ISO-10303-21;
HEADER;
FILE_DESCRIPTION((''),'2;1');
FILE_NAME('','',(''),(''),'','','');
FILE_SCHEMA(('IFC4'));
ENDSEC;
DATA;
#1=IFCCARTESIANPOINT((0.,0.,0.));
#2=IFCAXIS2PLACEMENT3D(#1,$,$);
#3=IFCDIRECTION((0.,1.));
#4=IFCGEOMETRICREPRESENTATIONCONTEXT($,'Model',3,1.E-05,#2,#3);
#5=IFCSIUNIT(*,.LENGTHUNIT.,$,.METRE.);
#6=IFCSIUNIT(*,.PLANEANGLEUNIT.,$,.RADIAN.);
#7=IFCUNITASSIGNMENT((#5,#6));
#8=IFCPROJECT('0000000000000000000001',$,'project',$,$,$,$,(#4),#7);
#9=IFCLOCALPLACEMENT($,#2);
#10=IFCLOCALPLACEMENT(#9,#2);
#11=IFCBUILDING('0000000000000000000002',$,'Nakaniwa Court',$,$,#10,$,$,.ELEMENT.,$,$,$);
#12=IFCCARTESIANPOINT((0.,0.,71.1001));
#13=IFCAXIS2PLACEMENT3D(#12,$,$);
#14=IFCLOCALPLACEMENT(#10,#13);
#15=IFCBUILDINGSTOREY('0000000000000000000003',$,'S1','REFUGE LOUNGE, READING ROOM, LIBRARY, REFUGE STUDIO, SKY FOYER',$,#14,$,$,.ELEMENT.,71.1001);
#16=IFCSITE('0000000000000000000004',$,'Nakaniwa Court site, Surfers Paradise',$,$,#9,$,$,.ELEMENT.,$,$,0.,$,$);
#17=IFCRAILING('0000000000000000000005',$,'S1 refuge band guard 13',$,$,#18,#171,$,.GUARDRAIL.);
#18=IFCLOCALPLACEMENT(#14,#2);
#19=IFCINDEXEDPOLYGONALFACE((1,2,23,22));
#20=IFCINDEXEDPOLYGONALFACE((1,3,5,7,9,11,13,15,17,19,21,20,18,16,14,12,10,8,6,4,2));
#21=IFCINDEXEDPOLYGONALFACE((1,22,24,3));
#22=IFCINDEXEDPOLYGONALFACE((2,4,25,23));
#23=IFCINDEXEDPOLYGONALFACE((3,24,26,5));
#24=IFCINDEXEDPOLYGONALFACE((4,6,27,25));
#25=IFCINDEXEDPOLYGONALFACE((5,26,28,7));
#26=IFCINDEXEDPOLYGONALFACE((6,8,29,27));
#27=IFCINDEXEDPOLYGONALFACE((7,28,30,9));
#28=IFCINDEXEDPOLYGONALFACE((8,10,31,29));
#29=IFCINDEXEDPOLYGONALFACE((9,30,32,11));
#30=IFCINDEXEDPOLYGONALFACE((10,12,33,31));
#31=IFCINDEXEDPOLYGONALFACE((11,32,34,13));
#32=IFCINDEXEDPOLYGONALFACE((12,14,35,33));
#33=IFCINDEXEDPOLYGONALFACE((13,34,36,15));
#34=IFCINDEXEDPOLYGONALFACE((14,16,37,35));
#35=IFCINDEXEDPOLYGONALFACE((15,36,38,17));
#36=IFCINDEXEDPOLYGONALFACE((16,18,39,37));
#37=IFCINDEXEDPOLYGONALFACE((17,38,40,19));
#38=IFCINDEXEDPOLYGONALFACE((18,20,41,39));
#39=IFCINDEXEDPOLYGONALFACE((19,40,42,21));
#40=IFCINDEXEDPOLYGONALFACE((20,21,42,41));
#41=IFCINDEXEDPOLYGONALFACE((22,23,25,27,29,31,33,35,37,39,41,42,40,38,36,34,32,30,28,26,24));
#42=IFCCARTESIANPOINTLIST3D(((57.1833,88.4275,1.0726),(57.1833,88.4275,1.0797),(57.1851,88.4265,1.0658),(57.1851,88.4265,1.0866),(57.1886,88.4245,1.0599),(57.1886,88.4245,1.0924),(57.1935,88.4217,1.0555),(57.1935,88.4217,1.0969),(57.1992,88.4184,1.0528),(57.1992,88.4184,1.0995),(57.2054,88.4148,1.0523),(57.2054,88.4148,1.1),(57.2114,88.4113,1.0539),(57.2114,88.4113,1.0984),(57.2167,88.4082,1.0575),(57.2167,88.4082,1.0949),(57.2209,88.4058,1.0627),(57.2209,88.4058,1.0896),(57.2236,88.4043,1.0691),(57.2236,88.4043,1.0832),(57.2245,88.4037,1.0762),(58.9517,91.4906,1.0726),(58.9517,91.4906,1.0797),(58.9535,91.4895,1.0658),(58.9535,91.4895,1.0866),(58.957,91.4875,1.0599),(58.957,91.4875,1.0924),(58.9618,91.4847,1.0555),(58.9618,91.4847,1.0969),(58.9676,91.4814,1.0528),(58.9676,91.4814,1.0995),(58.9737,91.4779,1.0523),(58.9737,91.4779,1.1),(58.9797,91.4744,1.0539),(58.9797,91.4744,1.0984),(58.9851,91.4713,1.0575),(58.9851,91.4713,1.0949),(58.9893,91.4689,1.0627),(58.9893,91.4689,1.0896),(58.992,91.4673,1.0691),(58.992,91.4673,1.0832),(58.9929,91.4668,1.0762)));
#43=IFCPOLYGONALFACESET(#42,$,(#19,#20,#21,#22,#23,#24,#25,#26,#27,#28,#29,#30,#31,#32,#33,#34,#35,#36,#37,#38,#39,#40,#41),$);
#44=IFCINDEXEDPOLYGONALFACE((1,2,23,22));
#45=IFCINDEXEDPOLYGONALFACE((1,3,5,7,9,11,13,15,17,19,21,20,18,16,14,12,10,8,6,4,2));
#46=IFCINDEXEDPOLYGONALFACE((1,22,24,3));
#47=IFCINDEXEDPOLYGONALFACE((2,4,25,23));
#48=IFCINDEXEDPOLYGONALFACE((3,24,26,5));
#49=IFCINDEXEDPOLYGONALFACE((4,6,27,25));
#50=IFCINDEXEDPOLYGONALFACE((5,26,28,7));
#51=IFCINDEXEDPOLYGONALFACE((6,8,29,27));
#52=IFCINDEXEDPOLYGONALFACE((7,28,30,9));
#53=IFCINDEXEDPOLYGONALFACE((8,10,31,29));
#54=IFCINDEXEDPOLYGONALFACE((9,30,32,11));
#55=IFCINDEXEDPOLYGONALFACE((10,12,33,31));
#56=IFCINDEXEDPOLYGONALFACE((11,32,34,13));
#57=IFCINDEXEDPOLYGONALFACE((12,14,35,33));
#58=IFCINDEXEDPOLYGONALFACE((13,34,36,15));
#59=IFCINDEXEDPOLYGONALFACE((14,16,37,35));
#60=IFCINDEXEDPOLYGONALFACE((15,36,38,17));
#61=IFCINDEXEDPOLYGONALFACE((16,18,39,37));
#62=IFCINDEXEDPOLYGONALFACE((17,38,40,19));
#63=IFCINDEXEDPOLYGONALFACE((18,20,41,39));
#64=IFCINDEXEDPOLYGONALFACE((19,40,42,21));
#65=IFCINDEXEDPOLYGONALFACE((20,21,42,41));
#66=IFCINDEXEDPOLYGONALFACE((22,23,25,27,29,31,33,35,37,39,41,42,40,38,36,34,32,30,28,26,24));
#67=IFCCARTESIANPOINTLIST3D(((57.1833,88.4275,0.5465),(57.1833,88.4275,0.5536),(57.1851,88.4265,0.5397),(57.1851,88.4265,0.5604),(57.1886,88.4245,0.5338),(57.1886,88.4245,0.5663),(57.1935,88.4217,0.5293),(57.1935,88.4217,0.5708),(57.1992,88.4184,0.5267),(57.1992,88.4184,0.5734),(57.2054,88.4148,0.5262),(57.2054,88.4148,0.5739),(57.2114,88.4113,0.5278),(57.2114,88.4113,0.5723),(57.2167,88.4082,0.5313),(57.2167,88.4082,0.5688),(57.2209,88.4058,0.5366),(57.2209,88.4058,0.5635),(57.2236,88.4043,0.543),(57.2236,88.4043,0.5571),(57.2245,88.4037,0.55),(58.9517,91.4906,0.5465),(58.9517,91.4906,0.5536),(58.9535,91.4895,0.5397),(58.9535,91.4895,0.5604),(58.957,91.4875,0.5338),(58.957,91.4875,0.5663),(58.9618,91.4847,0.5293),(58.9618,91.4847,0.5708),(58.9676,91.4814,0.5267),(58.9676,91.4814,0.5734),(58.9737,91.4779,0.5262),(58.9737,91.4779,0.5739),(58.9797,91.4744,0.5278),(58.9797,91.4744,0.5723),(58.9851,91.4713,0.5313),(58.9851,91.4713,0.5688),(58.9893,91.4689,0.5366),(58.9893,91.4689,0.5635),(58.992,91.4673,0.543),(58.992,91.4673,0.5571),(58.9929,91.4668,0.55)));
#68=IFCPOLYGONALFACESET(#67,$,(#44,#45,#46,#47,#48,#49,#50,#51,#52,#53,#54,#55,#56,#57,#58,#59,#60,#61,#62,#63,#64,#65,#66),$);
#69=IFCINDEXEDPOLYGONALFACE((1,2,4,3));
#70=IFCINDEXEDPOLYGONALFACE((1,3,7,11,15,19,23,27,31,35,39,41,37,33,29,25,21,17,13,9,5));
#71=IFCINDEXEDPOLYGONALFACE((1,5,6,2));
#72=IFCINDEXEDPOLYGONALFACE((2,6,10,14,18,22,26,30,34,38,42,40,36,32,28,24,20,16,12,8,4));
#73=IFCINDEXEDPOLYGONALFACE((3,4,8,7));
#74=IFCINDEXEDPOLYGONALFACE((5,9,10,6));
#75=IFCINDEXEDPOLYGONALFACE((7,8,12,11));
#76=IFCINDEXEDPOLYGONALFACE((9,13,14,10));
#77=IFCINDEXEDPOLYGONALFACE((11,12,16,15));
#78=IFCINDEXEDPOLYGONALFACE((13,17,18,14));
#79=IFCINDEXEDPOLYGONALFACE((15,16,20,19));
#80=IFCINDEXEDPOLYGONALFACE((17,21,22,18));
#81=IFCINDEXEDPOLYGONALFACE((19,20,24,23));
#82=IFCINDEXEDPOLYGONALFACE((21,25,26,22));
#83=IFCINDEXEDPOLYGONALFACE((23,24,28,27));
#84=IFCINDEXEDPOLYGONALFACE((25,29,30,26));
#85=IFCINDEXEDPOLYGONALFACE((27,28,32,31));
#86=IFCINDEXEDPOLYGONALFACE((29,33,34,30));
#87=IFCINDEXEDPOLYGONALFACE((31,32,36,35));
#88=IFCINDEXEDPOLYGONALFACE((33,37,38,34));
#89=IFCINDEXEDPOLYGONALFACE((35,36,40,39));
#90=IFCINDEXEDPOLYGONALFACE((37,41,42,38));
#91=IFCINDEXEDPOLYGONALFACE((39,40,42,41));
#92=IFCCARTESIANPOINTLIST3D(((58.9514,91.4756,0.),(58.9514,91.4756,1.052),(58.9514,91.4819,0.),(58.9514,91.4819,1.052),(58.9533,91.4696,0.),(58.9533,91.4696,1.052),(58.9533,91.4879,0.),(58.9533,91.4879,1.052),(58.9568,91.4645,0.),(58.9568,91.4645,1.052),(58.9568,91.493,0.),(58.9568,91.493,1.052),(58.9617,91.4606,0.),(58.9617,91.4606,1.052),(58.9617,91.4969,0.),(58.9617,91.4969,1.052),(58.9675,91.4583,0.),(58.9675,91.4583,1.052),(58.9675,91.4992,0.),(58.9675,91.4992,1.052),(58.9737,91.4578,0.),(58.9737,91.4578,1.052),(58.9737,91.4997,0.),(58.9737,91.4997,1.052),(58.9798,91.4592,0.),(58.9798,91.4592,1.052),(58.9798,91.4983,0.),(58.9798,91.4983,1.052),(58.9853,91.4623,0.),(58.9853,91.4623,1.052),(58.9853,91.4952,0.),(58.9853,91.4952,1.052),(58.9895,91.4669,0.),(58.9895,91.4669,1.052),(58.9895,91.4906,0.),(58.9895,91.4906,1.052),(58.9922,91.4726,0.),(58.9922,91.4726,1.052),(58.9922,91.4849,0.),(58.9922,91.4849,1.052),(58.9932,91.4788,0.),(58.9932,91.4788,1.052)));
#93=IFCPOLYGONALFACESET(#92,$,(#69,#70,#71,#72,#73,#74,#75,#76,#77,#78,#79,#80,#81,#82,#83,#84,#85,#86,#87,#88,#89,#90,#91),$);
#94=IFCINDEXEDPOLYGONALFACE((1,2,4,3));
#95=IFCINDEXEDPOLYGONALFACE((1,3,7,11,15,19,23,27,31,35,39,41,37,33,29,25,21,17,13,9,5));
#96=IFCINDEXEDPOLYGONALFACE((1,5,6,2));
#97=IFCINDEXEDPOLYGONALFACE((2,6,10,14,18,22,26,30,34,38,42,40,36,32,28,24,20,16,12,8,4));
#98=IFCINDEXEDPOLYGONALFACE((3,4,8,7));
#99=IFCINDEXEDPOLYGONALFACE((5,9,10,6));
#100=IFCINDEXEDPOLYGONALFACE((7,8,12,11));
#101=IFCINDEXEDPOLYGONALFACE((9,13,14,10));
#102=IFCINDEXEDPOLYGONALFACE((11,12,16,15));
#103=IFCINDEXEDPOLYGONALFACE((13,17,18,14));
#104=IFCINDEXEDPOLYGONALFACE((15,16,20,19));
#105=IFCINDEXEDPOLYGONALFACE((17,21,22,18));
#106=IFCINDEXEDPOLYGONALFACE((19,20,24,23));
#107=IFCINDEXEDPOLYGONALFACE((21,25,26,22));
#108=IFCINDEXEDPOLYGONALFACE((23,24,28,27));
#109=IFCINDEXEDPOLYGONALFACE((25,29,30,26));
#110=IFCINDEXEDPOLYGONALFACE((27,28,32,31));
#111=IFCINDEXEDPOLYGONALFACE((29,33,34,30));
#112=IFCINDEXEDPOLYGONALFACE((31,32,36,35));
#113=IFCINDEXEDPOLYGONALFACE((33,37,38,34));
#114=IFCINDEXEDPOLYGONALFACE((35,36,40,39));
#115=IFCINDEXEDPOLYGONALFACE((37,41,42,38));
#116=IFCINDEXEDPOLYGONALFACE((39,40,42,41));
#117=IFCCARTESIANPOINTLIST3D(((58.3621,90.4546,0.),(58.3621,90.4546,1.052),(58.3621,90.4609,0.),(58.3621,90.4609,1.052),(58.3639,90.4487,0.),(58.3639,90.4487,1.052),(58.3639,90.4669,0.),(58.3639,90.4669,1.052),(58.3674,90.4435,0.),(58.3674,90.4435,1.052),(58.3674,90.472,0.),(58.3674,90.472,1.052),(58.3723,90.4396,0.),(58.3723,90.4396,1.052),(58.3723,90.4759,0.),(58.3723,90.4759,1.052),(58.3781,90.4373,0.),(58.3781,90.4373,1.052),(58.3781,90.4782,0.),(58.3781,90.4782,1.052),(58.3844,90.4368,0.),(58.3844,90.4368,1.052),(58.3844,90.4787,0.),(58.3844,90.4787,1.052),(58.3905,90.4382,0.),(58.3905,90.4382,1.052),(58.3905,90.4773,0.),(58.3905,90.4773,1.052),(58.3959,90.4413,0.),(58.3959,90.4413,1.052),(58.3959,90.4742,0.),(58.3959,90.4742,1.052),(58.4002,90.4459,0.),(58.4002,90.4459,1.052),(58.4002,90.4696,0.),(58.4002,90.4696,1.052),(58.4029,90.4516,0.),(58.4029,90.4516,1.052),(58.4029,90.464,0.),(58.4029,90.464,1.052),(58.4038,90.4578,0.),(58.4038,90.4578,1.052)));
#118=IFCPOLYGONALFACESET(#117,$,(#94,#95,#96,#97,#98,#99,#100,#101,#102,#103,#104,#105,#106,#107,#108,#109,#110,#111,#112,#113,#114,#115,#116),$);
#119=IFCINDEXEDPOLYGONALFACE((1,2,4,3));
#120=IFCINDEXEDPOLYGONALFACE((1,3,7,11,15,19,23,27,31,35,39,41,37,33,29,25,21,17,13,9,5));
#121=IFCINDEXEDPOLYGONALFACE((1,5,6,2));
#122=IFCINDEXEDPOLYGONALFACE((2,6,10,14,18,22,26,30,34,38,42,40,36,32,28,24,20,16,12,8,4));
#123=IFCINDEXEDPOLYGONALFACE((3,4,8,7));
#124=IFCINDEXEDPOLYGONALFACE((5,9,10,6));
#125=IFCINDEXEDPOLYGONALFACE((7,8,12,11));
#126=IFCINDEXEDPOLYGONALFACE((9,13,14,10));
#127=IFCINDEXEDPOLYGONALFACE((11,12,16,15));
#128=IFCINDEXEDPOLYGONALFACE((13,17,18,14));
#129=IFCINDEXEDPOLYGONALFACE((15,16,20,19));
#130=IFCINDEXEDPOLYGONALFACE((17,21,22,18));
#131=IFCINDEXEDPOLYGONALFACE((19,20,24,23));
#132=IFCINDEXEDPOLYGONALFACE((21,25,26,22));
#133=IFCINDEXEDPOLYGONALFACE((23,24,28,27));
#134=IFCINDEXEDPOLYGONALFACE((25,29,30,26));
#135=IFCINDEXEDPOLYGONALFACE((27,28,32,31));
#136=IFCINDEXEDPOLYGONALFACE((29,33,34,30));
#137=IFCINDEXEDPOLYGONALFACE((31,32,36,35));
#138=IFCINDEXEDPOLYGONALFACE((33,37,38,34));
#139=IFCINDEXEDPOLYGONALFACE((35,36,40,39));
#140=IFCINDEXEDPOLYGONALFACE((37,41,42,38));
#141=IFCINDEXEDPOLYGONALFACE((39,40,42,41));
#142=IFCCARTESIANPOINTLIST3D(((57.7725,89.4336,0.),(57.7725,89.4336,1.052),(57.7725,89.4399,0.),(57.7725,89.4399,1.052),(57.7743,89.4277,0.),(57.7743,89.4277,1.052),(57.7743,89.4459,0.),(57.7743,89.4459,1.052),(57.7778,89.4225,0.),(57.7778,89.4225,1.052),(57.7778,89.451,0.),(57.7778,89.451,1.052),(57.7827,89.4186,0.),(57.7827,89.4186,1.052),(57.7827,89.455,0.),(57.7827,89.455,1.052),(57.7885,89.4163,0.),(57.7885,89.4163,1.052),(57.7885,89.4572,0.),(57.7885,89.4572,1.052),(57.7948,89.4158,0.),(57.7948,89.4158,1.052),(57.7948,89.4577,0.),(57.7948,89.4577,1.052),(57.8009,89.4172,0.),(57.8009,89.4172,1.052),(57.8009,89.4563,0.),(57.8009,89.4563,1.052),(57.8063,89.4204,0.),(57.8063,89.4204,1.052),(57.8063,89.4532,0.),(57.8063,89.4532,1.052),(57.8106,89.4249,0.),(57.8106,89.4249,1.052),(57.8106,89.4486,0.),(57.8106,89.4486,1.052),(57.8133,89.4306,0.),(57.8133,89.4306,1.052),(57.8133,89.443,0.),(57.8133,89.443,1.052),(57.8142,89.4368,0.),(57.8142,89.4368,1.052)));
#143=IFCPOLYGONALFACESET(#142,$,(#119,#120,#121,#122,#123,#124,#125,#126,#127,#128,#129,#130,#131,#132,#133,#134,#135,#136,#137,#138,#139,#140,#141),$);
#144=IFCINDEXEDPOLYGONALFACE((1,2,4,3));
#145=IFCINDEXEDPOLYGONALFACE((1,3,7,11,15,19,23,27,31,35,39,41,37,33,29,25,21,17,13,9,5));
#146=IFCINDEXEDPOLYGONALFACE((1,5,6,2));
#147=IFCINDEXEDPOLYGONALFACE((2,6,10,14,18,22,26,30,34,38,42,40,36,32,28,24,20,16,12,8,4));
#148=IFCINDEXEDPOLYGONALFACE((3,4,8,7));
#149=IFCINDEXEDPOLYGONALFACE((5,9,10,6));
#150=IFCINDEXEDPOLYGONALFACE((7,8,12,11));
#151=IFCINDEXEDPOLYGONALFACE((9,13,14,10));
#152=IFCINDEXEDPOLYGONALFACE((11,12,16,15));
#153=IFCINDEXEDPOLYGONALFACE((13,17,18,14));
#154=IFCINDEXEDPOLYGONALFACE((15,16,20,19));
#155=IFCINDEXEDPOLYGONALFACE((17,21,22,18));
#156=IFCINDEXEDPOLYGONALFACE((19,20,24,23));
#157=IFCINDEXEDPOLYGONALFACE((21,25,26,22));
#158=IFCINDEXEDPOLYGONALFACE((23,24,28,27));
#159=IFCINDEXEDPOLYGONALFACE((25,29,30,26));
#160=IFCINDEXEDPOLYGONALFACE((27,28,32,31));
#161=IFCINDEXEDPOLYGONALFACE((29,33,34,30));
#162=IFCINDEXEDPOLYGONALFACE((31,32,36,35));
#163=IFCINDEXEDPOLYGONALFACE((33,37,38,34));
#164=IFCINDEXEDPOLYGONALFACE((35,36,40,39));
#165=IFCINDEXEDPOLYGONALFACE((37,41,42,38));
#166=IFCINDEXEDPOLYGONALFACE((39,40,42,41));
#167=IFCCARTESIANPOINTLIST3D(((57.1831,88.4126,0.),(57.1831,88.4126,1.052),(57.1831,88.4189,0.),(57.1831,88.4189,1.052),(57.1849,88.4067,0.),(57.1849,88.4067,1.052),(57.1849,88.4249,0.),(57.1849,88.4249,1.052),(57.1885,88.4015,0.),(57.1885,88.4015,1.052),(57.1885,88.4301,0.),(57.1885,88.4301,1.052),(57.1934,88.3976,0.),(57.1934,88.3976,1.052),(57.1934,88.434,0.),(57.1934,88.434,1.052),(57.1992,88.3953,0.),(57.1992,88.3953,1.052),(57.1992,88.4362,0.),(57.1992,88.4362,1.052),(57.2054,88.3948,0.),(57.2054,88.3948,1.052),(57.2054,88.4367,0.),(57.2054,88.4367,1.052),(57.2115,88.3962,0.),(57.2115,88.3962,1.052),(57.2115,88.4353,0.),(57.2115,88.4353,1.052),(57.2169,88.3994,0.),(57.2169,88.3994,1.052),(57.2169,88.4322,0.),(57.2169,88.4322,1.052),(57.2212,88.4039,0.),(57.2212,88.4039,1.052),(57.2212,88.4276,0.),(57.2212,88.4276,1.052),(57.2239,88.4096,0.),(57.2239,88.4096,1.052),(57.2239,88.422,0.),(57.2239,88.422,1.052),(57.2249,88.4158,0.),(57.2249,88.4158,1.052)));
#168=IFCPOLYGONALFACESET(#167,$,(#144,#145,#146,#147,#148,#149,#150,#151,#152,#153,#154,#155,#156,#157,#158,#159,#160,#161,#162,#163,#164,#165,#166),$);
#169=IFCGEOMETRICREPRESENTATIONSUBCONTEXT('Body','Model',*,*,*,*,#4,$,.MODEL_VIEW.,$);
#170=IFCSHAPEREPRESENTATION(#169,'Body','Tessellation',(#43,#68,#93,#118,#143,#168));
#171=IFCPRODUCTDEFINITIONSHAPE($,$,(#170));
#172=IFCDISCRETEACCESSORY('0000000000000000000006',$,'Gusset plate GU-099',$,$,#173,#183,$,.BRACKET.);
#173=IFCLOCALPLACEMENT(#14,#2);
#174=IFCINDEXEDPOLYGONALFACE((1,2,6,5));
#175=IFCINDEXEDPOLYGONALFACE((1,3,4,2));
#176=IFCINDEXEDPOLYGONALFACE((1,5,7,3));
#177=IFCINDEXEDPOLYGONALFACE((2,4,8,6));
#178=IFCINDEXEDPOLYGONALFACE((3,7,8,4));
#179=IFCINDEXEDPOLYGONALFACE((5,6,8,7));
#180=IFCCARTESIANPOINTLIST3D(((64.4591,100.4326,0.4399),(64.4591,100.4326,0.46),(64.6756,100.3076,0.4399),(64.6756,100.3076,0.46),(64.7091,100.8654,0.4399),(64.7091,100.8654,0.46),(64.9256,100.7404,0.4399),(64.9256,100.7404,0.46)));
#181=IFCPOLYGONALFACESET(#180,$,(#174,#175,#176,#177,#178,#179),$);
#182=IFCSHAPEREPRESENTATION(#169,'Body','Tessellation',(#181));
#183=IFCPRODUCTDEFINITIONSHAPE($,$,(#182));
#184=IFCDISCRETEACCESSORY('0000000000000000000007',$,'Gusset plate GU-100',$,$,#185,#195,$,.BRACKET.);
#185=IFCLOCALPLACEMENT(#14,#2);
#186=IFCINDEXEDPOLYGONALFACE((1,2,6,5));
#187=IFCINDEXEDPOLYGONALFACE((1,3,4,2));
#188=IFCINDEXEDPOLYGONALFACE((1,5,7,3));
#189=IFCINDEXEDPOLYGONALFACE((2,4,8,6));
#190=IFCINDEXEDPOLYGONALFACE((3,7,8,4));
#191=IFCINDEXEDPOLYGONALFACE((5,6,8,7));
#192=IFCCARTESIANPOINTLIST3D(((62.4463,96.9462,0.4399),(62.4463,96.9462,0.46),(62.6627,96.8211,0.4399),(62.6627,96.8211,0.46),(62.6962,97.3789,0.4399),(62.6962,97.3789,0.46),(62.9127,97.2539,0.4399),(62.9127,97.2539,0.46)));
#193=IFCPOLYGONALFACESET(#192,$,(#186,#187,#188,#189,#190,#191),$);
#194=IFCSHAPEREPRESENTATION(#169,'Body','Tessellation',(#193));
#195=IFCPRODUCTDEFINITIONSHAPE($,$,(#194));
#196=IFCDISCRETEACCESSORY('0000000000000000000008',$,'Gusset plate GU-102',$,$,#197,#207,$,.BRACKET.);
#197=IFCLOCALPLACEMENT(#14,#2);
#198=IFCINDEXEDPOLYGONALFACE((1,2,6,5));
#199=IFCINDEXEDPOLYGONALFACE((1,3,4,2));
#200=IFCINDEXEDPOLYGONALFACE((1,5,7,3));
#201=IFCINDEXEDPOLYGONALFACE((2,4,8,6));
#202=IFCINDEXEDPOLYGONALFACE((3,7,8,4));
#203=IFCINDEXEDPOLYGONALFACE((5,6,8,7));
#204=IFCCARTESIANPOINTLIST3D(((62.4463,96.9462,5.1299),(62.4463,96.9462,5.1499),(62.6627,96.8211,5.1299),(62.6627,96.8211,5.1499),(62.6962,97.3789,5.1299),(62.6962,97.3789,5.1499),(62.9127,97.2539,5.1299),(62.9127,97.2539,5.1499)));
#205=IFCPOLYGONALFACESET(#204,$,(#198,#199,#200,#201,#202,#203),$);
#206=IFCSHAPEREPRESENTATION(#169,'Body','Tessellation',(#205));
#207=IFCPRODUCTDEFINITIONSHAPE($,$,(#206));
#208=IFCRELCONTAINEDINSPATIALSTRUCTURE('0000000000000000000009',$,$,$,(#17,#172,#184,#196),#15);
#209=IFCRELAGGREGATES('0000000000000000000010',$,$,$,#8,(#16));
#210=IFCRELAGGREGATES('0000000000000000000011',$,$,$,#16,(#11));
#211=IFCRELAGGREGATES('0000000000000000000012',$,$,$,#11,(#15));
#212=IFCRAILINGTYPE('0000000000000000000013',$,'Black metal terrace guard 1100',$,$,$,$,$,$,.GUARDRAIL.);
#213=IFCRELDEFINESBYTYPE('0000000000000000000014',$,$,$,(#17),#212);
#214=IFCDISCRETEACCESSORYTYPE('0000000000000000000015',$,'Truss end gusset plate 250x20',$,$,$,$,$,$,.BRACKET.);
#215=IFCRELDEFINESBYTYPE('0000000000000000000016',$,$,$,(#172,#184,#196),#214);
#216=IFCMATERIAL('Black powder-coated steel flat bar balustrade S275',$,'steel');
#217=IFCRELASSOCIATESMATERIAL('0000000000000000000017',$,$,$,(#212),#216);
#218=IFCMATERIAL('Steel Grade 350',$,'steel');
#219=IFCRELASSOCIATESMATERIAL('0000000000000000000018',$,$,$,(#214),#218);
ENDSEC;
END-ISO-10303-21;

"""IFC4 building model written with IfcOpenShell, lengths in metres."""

from ifc_helpers import new_model, si_unit, direction, frame, origin, origin_2d, place, context, subcontext, project, spatial, rectangle, circle, extrude, material, material_profile, profile_set, type_object, element, save


model = new_model("IFC4")

# Units and contexts
model_context = context("Model", 3, precision=1e-05, world=origin(), true_north=direction((0.0, 1.0)))
body_context = subcontext(model_context, "Body", "Model", "MODEL_VIEW")
ifc_project = project(units=[si_unit("LENGTHUNIT", "METRE"), si_unit("PLANEANGLEUNIT", "RADIAN")], contexts=[model_context])

# Site, building, storey
site_placement = place(None, origin())
site = spatial("IfcSite", under=ifc_project, at=site_placement, Name="Nakaniwa Court site, Surfers Paradise", CompositionType="ELEMENT", RefElevation=0.0)
building_placement = place(site_placement, origin())
building = spatial("IfcBuilding", under=site, at=building_placement, Name="Nakaniwa Court", CompositionType="ELEMENT")
storey_placement = place(building_placement, frame((0.0, 0.0, 71.1001)))
storey = spatial("IfcBuildingStorey", under=building, at=storey_placement, Name="S1", Description="REFUGE LOUNGE, READING ROOM, LIBRARY, REFUGE STUDIO, SKY FOYER", CompositionType="ELEMENT", Elevation=71.1001)

# Shared definitions
ifc_material_1 = material(Name="Steel Grade 350", Category="steel")

# Railing
ifc_material_2 = material(Name="Black powder-coated steel flat bar balustrade S275", Category="steel")
railing_type = type_object("IfcRailingType", Name="Black metal terrace guard 1100", PredefinedType="GUARDRAIL", material=ifc_material_2)
railing_1_placement = place(storey_placement, frame((58.9722, 91.4788, 0.0)))
element("IfcRailing", 1, at=railing_1_placement, inside=storey, type_object=railing_type, Name="S1 refuge band guard 13", PredefinedType="GUARDRAIL", context=body_context, shape_type="SweptSolid", body=[
    extrude(circle(Radius=0.0239, at=origin_2d()), frame((0.0, 0.0, 1.0762), z_axis=(-0.499977, -0.866038, 0.0), x_axis=(0.866038, -0.499977, 0.0)), (0.0, 0.0, 1.0), 3.5369),
    extrude(circle(Radius=0.0239, at=origin_2d()), frame((0.0, 0.0, 0.55), z_axis=(-0.499977, -0.866038, 0.0), x_axis=(0.866038, -0.499977, 0.0)), (0.0, 0.0, 1.0), 3.5369),
    extrude(circle(Radius=0.021, at=origin_2d()), origin(), (0.0, 0.0, 1.0), 1.052),
    extrude(circle(Radius=0.021, at=origin_2d()), frame((-0.5894, -1.021, 0.0)), (0.0, 0.0, 1.0), 1.052),
    extrude(circle(Radius=0.021, at=origin_2d()), frame((-1.179, -2.042, 0.0)), (0.0, 0.0, 1.0), 1.052),
    extrude(circle(Radius=0.021, at=origin_2d()), frame((-1.7683, -3.063, 0.0)), (0.0, 0.0, 1.0), 1.052),
])

# Discrete accessories
ifc_material_profile_1 = material_profile(ifc_material_1, rectangle(XDim=0.25, YDim=0.02, at=origin_2d()), Name="Truss end gusset plate 250x20")
ifc_profile_set_1 = profile_set([ifc_material_profile_1], Name="Steel Grade 350")
discrete_accessory_type = type_object("IfcDiscreteAccessoryType", Name="Truss end gusset plate 250x20", PredefinedType="BRACKET", material=ifc_profile_set_1)
for number, where, z_axis, x_axis, name in (
    (2, (64.5674, 100.3701, 0.45), (0.500131, 0.86595, 0.0), (-0.86595, 0.500131, 0.0), "Gusset plate GU-099"),
    (3, (62.8044, 97.3164, 0.45), (-0.500131, -0.86595, 0.0), (0.86595, -0.500131, 0.0), "Gusset plate GU-100"),
    (4, (62.8044, 97.3164, 5.1399), (-0.500131, -0.86595, 0.0), (0.86595, -0.500131, 0.0), "Gusset plate GU-102"),
):
    element("IfcDiscreteAccessory", number, at=place(storey_placement, frame(where, z_axis=z_axis, x_axis=x_axis)), inside=storey, type_object=discrete_accessory_type, Name=name, PredefinedType="BRACKET", context=body_context, shape_type="SweptSolid", body=[
        extrude(rectangle(XDim=0.25, YDim=0.02, at=origin_2d()), origin(), (0.0, 0.0, 1.0), 0.4998),
    ])

save(model, "model.ifc")
